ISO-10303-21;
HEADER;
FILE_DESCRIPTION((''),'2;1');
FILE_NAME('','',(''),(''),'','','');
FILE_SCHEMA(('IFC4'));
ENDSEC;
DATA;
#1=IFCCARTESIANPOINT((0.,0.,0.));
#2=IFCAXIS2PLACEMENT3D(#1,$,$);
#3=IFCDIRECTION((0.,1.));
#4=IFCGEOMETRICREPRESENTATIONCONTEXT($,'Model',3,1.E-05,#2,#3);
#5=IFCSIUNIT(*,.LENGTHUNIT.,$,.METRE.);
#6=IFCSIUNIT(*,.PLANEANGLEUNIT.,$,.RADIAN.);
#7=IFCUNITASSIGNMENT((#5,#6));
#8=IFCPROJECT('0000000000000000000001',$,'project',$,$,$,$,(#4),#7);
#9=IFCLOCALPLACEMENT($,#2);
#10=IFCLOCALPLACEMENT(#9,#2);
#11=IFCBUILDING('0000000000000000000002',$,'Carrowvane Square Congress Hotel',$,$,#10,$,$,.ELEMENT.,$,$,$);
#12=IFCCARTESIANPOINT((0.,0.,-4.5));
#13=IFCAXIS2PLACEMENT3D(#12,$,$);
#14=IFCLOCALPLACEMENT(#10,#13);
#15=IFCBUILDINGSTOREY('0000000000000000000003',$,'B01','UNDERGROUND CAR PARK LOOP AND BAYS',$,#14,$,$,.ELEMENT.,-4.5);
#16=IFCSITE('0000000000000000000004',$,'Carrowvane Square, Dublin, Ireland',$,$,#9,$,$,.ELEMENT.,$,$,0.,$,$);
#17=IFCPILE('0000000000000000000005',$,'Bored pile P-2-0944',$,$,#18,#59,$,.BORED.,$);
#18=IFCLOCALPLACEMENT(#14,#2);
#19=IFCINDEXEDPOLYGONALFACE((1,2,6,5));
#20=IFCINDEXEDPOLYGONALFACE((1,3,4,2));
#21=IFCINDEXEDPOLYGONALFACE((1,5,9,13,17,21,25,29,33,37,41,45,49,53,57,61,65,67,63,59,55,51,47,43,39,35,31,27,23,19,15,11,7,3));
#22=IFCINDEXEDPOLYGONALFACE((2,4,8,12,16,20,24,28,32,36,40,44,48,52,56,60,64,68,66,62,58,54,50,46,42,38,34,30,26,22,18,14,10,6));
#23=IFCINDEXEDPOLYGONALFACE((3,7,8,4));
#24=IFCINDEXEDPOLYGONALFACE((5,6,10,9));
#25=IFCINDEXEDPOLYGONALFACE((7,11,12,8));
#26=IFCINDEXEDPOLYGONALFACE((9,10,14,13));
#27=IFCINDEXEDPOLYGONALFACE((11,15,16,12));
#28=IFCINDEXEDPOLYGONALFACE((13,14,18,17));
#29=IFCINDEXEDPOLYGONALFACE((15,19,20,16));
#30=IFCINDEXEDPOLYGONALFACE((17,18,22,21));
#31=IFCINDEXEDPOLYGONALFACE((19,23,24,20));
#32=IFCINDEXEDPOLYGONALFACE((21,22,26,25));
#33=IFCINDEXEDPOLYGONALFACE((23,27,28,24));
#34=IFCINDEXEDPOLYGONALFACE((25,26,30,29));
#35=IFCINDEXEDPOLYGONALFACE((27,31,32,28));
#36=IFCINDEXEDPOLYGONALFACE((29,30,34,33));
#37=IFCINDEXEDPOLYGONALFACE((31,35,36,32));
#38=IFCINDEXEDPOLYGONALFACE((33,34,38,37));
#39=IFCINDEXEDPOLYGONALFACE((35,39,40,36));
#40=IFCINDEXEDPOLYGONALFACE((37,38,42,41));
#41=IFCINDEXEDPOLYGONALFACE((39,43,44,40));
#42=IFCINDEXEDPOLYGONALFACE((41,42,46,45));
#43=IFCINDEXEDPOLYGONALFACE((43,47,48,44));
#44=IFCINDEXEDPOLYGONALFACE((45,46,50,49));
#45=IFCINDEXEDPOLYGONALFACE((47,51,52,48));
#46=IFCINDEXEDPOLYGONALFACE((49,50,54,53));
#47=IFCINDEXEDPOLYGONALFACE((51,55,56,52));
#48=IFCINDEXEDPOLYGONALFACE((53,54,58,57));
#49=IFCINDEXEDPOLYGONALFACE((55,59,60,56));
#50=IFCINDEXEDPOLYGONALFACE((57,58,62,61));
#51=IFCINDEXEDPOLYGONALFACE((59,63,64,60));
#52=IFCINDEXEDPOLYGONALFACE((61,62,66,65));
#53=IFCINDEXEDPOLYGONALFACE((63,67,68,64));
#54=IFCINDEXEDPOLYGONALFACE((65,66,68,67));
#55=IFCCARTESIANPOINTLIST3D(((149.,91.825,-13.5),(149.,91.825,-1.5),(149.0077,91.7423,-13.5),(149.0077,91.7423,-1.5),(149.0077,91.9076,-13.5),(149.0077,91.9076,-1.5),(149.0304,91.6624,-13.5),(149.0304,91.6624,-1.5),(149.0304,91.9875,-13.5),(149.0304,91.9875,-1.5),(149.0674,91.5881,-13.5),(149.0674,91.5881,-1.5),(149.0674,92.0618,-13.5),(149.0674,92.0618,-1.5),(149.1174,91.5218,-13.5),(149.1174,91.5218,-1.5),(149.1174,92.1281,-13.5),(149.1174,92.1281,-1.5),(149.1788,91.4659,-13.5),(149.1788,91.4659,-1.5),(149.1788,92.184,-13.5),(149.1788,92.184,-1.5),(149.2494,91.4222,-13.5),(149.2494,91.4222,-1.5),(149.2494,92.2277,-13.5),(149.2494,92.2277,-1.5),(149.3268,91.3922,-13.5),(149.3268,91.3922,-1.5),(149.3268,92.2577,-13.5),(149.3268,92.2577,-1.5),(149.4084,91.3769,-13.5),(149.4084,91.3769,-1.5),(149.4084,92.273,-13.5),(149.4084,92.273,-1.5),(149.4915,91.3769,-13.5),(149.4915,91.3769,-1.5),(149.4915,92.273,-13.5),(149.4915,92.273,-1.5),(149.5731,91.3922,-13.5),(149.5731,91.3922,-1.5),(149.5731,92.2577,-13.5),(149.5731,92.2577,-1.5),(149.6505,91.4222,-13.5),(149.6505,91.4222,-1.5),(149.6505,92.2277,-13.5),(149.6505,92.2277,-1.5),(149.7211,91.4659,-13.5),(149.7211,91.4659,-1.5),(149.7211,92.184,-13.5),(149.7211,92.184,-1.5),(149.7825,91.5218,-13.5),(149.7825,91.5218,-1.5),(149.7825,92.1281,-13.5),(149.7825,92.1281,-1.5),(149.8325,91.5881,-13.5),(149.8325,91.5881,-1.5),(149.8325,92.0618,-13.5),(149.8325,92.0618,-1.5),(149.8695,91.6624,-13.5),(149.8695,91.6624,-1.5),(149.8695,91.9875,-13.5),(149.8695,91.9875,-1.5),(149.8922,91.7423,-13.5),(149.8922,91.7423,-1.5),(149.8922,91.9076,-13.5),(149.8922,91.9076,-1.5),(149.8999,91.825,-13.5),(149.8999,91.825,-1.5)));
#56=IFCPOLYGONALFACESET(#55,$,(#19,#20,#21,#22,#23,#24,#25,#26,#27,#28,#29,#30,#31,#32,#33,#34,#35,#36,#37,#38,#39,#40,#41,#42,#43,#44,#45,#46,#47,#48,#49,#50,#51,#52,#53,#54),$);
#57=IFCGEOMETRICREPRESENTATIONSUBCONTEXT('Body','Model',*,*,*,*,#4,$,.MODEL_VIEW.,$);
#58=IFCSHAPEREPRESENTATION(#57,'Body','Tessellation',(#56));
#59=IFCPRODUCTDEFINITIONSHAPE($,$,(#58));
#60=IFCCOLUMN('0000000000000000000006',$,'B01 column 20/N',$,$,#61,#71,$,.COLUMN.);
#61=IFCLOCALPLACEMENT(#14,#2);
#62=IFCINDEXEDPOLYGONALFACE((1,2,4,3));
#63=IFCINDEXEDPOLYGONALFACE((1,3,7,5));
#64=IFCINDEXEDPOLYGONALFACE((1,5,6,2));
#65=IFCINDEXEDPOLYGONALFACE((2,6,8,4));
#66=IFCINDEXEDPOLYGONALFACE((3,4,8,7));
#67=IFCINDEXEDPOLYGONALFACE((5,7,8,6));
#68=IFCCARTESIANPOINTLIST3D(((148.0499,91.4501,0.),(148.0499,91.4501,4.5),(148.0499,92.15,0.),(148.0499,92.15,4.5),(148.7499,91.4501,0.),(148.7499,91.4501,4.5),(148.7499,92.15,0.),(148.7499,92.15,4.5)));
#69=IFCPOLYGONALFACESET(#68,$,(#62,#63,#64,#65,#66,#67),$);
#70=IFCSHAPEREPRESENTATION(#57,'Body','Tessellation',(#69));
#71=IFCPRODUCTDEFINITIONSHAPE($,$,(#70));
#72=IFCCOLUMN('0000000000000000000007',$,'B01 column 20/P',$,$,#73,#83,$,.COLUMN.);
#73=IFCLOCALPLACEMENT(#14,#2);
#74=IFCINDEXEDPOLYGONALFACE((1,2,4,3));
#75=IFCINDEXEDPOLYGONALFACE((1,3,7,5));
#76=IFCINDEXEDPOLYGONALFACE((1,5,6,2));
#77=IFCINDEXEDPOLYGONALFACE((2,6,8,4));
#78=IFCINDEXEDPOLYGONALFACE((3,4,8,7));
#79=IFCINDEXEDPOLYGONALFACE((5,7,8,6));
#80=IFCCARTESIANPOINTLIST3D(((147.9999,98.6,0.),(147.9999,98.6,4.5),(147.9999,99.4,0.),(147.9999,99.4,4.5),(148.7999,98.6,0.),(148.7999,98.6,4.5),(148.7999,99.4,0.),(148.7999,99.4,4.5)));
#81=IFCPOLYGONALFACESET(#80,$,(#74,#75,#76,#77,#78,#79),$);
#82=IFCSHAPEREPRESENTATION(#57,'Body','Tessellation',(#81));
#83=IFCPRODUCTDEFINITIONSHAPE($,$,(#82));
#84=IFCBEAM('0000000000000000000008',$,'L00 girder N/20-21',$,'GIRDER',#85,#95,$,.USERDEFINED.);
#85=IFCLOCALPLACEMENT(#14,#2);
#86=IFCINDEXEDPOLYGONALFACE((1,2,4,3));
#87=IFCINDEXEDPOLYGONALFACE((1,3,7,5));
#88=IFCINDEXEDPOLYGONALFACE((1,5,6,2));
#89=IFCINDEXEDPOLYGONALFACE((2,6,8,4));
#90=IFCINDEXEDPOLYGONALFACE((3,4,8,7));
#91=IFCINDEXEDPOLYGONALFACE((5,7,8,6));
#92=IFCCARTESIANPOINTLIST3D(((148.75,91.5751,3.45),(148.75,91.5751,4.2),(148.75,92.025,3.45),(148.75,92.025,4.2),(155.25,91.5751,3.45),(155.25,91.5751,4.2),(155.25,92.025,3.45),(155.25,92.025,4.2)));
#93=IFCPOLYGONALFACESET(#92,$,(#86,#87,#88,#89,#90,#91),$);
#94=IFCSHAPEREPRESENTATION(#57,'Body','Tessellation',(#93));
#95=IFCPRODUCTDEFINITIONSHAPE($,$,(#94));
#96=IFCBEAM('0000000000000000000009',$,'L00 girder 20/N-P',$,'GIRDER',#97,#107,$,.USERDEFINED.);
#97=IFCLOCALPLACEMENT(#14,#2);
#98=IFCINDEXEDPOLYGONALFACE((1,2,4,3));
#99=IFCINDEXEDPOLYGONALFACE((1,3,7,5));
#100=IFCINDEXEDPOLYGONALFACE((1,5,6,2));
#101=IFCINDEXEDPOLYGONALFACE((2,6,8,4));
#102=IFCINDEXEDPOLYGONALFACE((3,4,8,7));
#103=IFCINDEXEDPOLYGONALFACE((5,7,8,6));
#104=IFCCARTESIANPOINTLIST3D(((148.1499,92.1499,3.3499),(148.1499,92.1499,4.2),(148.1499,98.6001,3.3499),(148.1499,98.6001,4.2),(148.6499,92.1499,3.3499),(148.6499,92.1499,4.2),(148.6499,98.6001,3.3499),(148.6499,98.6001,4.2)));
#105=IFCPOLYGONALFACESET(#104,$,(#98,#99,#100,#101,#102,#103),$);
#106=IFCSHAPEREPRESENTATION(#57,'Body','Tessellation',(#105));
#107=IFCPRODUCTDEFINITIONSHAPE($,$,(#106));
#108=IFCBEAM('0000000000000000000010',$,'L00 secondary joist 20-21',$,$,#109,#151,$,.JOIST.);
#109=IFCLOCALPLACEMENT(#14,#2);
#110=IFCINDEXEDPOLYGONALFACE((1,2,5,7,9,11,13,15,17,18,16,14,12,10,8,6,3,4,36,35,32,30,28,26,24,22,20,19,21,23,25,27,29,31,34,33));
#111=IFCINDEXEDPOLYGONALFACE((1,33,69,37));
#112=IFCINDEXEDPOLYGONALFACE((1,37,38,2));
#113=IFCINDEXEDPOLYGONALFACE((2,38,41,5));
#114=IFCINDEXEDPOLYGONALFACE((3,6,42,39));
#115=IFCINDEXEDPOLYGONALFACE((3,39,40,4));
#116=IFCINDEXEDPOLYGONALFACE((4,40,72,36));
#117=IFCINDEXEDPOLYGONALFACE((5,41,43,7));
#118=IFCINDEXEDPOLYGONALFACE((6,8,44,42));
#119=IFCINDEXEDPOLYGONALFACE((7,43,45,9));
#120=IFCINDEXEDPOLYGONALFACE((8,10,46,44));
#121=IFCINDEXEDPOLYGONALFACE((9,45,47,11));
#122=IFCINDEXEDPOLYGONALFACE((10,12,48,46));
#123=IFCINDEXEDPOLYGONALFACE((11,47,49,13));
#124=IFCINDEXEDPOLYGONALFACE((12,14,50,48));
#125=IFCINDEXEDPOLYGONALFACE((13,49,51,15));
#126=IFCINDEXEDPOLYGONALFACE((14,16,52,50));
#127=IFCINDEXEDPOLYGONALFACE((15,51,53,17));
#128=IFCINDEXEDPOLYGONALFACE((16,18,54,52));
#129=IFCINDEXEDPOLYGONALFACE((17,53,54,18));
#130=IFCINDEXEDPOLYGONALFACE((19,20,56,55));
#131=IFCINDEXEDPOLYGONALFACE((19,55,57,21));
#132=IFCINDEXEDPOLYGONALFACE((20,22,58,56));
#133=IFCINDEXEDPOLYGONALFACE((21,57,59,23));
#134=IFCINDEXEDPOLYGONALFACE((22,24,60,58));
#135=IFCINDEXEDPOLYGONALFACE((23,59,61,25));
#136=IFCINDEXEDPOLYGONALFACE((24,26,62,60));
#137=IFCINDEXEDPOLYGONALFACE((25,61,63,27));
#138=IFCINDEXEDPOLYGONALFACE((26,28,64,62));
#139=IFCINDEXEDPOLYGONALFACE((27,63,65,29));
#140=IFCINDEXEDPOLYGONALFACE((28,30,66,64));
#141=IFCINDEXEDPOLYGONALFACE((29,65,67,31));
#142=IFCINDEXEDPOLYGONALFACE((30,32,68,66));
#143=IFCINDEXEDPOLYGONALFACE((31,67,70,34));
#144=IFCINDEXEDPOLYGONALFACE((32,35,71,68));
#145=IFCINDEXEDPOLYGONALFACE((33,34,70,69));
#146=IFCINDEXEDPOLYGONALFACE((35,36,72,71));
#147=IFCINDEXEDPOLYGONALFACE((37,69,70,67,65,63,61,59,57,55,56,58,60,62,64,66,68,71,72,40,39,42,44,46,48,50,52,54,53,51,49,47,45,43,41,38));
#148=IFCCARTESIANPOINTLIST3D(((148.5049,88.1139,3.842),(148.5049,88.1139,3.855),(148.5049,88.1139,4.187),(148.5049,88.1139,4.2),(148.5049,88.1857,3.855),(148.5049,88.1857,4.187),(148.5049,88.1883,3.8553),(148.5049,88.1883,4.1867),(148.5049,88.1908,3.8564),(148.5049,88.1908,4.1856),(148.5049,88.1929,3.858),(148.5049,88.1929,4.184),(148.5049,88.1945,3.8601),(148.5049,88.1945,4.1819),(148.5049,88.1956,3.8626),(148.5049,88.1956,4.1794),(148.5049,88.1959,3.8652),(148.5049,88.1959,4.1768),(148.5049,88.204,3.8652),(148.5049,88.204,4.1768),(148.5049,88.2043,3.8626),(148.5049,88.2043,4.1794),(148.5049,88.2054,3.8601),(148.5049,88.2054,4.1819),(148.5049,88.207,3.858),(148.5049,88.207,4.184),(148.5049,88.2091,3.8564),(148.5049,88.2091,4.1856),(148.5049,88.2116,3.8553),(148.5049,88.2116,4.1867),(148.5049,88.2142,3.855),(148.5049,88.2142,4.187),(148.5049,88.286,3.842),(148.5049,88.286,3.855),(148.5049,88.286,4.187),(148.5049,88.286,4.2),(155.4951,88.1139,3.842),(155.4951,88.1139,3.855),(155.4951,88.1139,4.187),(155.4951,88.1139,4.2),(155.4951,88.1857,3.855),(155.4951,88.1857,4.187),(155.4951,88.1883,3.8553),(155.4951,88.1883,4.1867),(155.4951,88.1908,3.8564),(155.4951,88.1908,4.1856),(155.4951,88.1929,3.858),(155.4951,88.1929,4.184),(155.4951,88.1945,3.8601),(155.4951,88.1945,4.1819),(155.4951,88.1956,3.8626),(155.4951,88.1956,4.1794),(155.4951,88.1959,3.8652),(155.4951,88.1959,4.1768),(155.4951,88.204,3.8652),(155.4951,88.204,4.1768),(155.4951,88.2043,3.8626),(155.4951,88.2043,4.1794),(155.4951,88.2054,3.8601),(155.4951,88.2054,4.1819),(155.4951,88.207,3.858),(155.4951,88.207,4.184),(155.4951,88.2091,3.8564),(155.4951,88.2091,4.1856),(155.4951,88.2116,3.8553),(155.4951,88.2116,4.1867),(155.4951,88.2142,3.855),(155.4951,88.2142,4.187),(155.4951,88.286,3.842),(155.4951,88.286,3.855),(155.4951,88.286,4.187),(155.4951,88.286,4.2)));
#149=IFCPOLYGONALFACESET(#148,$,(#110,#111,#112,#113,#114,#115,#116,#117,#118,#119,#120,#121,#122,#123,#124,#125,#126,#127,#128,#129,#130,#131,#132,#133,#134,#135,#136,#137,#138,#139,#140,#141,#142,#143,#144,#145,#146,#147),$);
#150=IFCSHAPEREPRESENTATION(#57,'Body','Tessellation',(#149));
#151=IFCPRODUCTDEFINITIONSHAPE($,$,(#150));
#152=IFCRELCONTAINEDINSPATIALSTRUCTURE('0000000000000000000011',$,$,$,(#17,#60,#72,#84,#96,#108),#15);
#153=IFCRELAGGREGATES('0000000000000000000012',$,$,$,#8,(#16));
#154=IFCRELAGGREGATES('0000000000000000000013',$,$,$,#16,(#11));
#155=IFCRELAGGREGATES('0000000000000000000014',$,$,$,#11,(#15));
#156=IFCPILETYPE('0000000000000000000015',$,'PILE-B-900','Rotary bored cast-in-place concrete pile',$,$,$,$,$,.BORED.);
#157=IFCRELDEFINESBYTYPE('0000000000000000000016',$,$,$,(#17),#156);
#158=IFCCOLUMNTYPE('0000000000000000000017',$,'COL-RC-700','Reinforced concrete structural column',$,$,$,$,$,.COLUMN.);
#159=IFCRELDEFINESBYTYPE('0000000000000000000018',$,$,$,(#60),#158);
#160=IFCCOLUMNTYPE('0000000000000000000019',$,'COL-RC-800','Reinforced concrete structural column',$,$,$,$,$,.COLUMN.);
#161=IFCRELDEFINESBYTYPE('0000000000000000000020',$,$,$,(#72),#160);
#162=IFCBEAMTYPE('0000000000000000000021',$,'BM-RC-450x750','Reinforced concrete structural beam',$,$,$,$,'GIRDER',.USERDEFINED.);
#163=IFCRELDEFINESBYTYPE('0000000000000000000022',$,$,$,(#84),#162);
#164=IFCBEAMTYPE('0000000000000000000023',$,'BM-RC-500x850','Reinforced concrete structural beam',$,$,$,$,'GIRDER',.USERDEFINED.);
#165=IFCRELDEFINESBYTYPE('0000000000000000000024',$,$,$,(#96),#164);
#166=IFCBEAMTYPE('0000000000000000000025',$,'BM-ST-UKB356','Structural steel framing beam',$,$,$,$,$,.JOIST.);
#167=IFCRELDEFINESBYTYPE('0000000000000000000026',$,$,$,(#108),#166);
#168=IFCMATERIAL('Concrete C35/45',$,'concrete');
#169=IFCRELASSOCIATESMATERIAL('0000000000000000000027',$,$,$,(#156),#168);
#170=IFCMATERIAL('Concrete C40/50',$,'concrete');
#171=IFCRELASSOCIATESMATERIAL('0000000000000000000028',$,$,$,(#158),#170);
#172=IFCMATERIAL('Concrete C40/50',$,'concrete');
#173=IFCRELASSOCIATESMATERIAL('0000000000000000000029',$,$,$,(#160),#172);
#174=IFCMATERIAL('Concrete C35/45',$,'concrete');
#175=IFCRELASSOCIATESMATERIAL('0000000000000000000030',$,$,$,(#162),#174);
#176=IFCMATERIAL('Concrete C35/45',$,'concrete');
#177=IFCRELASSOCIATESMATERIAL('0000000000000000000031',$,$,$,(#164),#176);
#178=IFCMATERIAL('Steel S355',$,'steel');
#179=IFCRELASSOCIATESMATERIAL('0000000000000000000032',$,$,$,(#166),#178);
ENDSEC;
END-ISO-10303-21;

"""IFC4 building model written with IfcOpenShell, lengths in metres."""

from ifc_helpers import new_model, si_unit, direction, frame, origin, origin_2d, place, context, subcontext, project, spatial, rectangle, circle, i_section, extrude, material, material_profile, profile_set, type_object, element, save


model = new_model("IFC4")

# Units and contexts
model_context = context("Model", 3, precision=1e-05, world=origin(), true_north=direction((0.0, 1.0)))
body_context = subcontext(model_context, "Body", "Model", "MODEL_VIEW")
ifc_project = project(units=[si_unit("LENGTHUNIT", "METRE"), si_unit("PLANEANGLEUNIT", "RADIAN")], contexts=[model_context])

# Site, building, storey
site_placement = place(None, origin())
site = spatial("IfcSite", under=ifc_project, at=site_placement, Name="Carrowvane Square, Dublin, Ireland", CompositionType="ELEMENT", RefElevation=0.0)
building_placement = place(site_placement, origin())
building = spatial("IfcBuilding", under=site, at=building_placement, Name="Carrowvane Square Congress Hotel", CompositionType="ELEMENT")
storey_placement = place(building_placement, frame((0.0, 0.0, -4.5)))
storey = spatial("IfcBuildingStorey", under=building, at=storey_placement, Name="B01", Description="UNDERGROUND CAR PARK LOOP AND BAYS", CompositionType="ELEMENT", Elevation=-4.5)

# Pile
ifc_material_1 = material(Name="Concrete C35/45", Category="concrete")
ifc_material_profile_1 = material_profile(ifc_material_1, circle(Radius=0.45, at=origin_2d()), Name="PILE D900")
ifc_profile_set_1 = profile_set([ifc_material_profile_1], Name="Concrete C35/45")
pile_type_1 = type_object("IfcPileType", Name="PILE-B-900", Description="Rotary bored cast-in-place concrete pile", PredefinedType="BORED", material=ifc_profile_set_1)
for number, where, z_axis, x_axis, name in (
    (1, (149.45, 91.825, -1.5), (0.0, 0.0, -1.0), (1.0, 0.0, 0.0), "Bored pile P-2-0944"),
):
    element("IfcPile", number, at=place(storey_placement, frame(where, z_axis=z_axis, x_axis=x_axis)), inside=storey, type_object=pile_type_1, Name=name, PredefinedType="BORED", context=body_context, shape_type="SweptSolid", body=[
        extrude(circle(Radius=0.45, at=origin_2d()), origin(), (0.0, 0.0, 1.0), 12.0),
    ])

# Columns
ifc_material_2 = material(Name="Concrete C40/50", Category="concrete")
ifc_material_profile_2 = material_profile(ifc_material_2, rectangle(XDim=0.7, YDim=0.7, at=origin_2d()), Name="RC 700x700")
ifc_profile_set_2 = profile_set([ifc_material_profile_2], Name="Concrete C40/50")
column_type_1 = type_object("IfcColumnType", Name="COL-RC-700", Description="Reinforced concrete structural column", PredefinedType="COLUMN", material=ifc_profile_set_2)
column_1_placement = place(storey_placement, frame((148.3999, 91.8, 0.0), z_axis=(0.0, 0.0, 1.0), x_axis=(1.0, 0.0, 0.0)))
element("IfcColumn", 2, at=column_1_placement, inside=storey, type_object=column_type_1, Name="B01 column 20/N", PredefinedType="COLUMN", context=body_context, shape_type="SweptSolid", body=[
    extrude(rectangle(XDim=0.7, YDim=0.7, at=origin_2d()), origin(), (0.0, 0.0, 1.0), 4.5),
])
ifc_material_3 = material(Name="Concrete C40/50", Category="concrete")
ifc_material_profile_3 = material_profile(ifc_material_3, rectangle(XDim=0.8, YDim=0.8, at=origin_2d()), Name="RC 800x800")
ifc_profile_set_3 = profile_set([ifc_material_profile_3], Name="Concrete C40/50")
column_type_2 = type_object("IfcColumnType", Name="COL-RC-800", Description="Reinforced concrete structural column", PredefinedType="COLUMN", material=ifc_profile_set_3)
column_2_placement = place(storey_placement, frame((148.3999, 99.0, 0.0), z_axis=(0.0, 0.0, 1.0), x_axis=(1.0, 0.0, 0.0)))
element("IfcColumn", 3, at=column_2_placement, inside=storey, type_object=column_type_2, Name="B01 column 20/P", PredefinedType="COLUMN", context=body_context, shape_type="SweptSolid", body=[
    extrude(rectangle(XDim=0.8, YDim=0.8, at=origin_2d()), origin(), (0.0, 0.0, 1.0), 4.5),
])

# Beams
ifc_material_4 = material(Name="Concrete C35/45", Category="concrete")
ifc_material_profile_4 = material_profile(ifc_material_4, rectangle(XDim=0.45, YDim=0.75, at=origin_2d()), Name="RC 450x750")
ifc_profile_set_4 = profile_set([ifc_material_profile_4], Name="Concrete C35/45")
beam_type_1 = type_object("IfcBeamType", Name="BM-RC-450x750", Description="Reinforced concrete structural beam", ElementType="GIRDER", PredefinedType="USERDEFINED", material=ifc_profile_set_4)
beam_1_placement = place(storey_placement, frame((148.75, 91.8, 3.825), z_axis=(1.0, 0.0, 0.0), x_axis=(0.0, 1.0, 0.0)))
element("IfcBeam", 4, at=beam_1_placement, inside=storey, type_object=beam_type_1, Name="L00 girder N/20-21", ObjectType="GIRDER", PredefinedType="USERDEFINED", context=body_context, shape_type="SweptSolid", body=[
    extrude(rectangle(XDim=0.45, YDim=0.75, at=origin_2d()), origin(), (0.0, 0.0, 1.0), 6.5),
])
ifc_material_5 = material(Name="Concrete C35/45", Category="concrete")
ifc_material_profile_5 = material_profile(ifc_material_5, rectangle(XDim=0.5, YDim=0.8501, at=origin_2d()), Name="RC 500x850")
ifc_profile_set_5 = profile_set([ifc_material_profile_5], Name="Concrete C35/45")
beam_type_2 = type_object("IfcBeamType", Name="BM-RC-500x850", Description="Reinforced concrete structural beam", ElementType="GIRDER", PredefinedType="USERDEFINED", material=ifc_profile_set_5)
beam_2_placement = place(storey_placement, frame((148.3999, 92.1499, 3.7749), z_axis=(0.0, 1.0, 0.0), x_axis=(-1.0, 0.0, 0.0)))
element("IfcBeam", 5, at=beam_2_placement, inside=storey, type_object=beam_type_2, Name="L00 girder 20/N-P", ObjectType="GIRDER", PredefinedType="USERDEFINED", context=body_context, shape_type="SweptSolid", body=[
    extrude(rectangle(XDim=0.5, YDim=0.8501, at=origin_2d()), origin(), (0.0, 0.0, 1.0), 6.4502),
])
ifc_material_6 = material(Name="Steel S355", Category="steel")
ifc_material_profile_6 = material_profile(ifc_material_6, i_section(OverallWidth=0.1721, OverallDepth=0.3579, WebThickness=0.0081, FlangeThickness=0.0129, FilletRadius=0.0103, at=origin_2d()), Name="UKB 356x171x57")
ifc_profile_set_6 = profile_set([ifc_material_profile_6], Name="Steel S355")
beam_type_3 = type_object("IfcBeamType", Name="BM-ST-UKB356", Description="Structural steel framing beam", PredefinedType="JOIST", material=ifc_profile_set_6)
beam_3_placement = place(storey_placement, frame((148.5049, 88.2, 4.021), z_axis=(1.0, 0.0, 0.0), x_axis=(0.0, 1.0, 0.0)))
element("IfcBeam", 6, at=beam_3_placement, inside=storey, type_object=beam_type_3, Name="L00 secondary joist 20-21", PredefinedType="JOIST", context=body_context, shape_type="SweptSolid", body=[
    extrude(i_section(OverallWidth=0.1721, OverallDepth=0.3579, WebThickness=0.0081, FlangeThickness=0.0129, FilletRadius=0.0103, at=origin_2d()), origin(), (0.0, 0.0, 1.0), 6.9902),
])

save(model, "model.ifc")
